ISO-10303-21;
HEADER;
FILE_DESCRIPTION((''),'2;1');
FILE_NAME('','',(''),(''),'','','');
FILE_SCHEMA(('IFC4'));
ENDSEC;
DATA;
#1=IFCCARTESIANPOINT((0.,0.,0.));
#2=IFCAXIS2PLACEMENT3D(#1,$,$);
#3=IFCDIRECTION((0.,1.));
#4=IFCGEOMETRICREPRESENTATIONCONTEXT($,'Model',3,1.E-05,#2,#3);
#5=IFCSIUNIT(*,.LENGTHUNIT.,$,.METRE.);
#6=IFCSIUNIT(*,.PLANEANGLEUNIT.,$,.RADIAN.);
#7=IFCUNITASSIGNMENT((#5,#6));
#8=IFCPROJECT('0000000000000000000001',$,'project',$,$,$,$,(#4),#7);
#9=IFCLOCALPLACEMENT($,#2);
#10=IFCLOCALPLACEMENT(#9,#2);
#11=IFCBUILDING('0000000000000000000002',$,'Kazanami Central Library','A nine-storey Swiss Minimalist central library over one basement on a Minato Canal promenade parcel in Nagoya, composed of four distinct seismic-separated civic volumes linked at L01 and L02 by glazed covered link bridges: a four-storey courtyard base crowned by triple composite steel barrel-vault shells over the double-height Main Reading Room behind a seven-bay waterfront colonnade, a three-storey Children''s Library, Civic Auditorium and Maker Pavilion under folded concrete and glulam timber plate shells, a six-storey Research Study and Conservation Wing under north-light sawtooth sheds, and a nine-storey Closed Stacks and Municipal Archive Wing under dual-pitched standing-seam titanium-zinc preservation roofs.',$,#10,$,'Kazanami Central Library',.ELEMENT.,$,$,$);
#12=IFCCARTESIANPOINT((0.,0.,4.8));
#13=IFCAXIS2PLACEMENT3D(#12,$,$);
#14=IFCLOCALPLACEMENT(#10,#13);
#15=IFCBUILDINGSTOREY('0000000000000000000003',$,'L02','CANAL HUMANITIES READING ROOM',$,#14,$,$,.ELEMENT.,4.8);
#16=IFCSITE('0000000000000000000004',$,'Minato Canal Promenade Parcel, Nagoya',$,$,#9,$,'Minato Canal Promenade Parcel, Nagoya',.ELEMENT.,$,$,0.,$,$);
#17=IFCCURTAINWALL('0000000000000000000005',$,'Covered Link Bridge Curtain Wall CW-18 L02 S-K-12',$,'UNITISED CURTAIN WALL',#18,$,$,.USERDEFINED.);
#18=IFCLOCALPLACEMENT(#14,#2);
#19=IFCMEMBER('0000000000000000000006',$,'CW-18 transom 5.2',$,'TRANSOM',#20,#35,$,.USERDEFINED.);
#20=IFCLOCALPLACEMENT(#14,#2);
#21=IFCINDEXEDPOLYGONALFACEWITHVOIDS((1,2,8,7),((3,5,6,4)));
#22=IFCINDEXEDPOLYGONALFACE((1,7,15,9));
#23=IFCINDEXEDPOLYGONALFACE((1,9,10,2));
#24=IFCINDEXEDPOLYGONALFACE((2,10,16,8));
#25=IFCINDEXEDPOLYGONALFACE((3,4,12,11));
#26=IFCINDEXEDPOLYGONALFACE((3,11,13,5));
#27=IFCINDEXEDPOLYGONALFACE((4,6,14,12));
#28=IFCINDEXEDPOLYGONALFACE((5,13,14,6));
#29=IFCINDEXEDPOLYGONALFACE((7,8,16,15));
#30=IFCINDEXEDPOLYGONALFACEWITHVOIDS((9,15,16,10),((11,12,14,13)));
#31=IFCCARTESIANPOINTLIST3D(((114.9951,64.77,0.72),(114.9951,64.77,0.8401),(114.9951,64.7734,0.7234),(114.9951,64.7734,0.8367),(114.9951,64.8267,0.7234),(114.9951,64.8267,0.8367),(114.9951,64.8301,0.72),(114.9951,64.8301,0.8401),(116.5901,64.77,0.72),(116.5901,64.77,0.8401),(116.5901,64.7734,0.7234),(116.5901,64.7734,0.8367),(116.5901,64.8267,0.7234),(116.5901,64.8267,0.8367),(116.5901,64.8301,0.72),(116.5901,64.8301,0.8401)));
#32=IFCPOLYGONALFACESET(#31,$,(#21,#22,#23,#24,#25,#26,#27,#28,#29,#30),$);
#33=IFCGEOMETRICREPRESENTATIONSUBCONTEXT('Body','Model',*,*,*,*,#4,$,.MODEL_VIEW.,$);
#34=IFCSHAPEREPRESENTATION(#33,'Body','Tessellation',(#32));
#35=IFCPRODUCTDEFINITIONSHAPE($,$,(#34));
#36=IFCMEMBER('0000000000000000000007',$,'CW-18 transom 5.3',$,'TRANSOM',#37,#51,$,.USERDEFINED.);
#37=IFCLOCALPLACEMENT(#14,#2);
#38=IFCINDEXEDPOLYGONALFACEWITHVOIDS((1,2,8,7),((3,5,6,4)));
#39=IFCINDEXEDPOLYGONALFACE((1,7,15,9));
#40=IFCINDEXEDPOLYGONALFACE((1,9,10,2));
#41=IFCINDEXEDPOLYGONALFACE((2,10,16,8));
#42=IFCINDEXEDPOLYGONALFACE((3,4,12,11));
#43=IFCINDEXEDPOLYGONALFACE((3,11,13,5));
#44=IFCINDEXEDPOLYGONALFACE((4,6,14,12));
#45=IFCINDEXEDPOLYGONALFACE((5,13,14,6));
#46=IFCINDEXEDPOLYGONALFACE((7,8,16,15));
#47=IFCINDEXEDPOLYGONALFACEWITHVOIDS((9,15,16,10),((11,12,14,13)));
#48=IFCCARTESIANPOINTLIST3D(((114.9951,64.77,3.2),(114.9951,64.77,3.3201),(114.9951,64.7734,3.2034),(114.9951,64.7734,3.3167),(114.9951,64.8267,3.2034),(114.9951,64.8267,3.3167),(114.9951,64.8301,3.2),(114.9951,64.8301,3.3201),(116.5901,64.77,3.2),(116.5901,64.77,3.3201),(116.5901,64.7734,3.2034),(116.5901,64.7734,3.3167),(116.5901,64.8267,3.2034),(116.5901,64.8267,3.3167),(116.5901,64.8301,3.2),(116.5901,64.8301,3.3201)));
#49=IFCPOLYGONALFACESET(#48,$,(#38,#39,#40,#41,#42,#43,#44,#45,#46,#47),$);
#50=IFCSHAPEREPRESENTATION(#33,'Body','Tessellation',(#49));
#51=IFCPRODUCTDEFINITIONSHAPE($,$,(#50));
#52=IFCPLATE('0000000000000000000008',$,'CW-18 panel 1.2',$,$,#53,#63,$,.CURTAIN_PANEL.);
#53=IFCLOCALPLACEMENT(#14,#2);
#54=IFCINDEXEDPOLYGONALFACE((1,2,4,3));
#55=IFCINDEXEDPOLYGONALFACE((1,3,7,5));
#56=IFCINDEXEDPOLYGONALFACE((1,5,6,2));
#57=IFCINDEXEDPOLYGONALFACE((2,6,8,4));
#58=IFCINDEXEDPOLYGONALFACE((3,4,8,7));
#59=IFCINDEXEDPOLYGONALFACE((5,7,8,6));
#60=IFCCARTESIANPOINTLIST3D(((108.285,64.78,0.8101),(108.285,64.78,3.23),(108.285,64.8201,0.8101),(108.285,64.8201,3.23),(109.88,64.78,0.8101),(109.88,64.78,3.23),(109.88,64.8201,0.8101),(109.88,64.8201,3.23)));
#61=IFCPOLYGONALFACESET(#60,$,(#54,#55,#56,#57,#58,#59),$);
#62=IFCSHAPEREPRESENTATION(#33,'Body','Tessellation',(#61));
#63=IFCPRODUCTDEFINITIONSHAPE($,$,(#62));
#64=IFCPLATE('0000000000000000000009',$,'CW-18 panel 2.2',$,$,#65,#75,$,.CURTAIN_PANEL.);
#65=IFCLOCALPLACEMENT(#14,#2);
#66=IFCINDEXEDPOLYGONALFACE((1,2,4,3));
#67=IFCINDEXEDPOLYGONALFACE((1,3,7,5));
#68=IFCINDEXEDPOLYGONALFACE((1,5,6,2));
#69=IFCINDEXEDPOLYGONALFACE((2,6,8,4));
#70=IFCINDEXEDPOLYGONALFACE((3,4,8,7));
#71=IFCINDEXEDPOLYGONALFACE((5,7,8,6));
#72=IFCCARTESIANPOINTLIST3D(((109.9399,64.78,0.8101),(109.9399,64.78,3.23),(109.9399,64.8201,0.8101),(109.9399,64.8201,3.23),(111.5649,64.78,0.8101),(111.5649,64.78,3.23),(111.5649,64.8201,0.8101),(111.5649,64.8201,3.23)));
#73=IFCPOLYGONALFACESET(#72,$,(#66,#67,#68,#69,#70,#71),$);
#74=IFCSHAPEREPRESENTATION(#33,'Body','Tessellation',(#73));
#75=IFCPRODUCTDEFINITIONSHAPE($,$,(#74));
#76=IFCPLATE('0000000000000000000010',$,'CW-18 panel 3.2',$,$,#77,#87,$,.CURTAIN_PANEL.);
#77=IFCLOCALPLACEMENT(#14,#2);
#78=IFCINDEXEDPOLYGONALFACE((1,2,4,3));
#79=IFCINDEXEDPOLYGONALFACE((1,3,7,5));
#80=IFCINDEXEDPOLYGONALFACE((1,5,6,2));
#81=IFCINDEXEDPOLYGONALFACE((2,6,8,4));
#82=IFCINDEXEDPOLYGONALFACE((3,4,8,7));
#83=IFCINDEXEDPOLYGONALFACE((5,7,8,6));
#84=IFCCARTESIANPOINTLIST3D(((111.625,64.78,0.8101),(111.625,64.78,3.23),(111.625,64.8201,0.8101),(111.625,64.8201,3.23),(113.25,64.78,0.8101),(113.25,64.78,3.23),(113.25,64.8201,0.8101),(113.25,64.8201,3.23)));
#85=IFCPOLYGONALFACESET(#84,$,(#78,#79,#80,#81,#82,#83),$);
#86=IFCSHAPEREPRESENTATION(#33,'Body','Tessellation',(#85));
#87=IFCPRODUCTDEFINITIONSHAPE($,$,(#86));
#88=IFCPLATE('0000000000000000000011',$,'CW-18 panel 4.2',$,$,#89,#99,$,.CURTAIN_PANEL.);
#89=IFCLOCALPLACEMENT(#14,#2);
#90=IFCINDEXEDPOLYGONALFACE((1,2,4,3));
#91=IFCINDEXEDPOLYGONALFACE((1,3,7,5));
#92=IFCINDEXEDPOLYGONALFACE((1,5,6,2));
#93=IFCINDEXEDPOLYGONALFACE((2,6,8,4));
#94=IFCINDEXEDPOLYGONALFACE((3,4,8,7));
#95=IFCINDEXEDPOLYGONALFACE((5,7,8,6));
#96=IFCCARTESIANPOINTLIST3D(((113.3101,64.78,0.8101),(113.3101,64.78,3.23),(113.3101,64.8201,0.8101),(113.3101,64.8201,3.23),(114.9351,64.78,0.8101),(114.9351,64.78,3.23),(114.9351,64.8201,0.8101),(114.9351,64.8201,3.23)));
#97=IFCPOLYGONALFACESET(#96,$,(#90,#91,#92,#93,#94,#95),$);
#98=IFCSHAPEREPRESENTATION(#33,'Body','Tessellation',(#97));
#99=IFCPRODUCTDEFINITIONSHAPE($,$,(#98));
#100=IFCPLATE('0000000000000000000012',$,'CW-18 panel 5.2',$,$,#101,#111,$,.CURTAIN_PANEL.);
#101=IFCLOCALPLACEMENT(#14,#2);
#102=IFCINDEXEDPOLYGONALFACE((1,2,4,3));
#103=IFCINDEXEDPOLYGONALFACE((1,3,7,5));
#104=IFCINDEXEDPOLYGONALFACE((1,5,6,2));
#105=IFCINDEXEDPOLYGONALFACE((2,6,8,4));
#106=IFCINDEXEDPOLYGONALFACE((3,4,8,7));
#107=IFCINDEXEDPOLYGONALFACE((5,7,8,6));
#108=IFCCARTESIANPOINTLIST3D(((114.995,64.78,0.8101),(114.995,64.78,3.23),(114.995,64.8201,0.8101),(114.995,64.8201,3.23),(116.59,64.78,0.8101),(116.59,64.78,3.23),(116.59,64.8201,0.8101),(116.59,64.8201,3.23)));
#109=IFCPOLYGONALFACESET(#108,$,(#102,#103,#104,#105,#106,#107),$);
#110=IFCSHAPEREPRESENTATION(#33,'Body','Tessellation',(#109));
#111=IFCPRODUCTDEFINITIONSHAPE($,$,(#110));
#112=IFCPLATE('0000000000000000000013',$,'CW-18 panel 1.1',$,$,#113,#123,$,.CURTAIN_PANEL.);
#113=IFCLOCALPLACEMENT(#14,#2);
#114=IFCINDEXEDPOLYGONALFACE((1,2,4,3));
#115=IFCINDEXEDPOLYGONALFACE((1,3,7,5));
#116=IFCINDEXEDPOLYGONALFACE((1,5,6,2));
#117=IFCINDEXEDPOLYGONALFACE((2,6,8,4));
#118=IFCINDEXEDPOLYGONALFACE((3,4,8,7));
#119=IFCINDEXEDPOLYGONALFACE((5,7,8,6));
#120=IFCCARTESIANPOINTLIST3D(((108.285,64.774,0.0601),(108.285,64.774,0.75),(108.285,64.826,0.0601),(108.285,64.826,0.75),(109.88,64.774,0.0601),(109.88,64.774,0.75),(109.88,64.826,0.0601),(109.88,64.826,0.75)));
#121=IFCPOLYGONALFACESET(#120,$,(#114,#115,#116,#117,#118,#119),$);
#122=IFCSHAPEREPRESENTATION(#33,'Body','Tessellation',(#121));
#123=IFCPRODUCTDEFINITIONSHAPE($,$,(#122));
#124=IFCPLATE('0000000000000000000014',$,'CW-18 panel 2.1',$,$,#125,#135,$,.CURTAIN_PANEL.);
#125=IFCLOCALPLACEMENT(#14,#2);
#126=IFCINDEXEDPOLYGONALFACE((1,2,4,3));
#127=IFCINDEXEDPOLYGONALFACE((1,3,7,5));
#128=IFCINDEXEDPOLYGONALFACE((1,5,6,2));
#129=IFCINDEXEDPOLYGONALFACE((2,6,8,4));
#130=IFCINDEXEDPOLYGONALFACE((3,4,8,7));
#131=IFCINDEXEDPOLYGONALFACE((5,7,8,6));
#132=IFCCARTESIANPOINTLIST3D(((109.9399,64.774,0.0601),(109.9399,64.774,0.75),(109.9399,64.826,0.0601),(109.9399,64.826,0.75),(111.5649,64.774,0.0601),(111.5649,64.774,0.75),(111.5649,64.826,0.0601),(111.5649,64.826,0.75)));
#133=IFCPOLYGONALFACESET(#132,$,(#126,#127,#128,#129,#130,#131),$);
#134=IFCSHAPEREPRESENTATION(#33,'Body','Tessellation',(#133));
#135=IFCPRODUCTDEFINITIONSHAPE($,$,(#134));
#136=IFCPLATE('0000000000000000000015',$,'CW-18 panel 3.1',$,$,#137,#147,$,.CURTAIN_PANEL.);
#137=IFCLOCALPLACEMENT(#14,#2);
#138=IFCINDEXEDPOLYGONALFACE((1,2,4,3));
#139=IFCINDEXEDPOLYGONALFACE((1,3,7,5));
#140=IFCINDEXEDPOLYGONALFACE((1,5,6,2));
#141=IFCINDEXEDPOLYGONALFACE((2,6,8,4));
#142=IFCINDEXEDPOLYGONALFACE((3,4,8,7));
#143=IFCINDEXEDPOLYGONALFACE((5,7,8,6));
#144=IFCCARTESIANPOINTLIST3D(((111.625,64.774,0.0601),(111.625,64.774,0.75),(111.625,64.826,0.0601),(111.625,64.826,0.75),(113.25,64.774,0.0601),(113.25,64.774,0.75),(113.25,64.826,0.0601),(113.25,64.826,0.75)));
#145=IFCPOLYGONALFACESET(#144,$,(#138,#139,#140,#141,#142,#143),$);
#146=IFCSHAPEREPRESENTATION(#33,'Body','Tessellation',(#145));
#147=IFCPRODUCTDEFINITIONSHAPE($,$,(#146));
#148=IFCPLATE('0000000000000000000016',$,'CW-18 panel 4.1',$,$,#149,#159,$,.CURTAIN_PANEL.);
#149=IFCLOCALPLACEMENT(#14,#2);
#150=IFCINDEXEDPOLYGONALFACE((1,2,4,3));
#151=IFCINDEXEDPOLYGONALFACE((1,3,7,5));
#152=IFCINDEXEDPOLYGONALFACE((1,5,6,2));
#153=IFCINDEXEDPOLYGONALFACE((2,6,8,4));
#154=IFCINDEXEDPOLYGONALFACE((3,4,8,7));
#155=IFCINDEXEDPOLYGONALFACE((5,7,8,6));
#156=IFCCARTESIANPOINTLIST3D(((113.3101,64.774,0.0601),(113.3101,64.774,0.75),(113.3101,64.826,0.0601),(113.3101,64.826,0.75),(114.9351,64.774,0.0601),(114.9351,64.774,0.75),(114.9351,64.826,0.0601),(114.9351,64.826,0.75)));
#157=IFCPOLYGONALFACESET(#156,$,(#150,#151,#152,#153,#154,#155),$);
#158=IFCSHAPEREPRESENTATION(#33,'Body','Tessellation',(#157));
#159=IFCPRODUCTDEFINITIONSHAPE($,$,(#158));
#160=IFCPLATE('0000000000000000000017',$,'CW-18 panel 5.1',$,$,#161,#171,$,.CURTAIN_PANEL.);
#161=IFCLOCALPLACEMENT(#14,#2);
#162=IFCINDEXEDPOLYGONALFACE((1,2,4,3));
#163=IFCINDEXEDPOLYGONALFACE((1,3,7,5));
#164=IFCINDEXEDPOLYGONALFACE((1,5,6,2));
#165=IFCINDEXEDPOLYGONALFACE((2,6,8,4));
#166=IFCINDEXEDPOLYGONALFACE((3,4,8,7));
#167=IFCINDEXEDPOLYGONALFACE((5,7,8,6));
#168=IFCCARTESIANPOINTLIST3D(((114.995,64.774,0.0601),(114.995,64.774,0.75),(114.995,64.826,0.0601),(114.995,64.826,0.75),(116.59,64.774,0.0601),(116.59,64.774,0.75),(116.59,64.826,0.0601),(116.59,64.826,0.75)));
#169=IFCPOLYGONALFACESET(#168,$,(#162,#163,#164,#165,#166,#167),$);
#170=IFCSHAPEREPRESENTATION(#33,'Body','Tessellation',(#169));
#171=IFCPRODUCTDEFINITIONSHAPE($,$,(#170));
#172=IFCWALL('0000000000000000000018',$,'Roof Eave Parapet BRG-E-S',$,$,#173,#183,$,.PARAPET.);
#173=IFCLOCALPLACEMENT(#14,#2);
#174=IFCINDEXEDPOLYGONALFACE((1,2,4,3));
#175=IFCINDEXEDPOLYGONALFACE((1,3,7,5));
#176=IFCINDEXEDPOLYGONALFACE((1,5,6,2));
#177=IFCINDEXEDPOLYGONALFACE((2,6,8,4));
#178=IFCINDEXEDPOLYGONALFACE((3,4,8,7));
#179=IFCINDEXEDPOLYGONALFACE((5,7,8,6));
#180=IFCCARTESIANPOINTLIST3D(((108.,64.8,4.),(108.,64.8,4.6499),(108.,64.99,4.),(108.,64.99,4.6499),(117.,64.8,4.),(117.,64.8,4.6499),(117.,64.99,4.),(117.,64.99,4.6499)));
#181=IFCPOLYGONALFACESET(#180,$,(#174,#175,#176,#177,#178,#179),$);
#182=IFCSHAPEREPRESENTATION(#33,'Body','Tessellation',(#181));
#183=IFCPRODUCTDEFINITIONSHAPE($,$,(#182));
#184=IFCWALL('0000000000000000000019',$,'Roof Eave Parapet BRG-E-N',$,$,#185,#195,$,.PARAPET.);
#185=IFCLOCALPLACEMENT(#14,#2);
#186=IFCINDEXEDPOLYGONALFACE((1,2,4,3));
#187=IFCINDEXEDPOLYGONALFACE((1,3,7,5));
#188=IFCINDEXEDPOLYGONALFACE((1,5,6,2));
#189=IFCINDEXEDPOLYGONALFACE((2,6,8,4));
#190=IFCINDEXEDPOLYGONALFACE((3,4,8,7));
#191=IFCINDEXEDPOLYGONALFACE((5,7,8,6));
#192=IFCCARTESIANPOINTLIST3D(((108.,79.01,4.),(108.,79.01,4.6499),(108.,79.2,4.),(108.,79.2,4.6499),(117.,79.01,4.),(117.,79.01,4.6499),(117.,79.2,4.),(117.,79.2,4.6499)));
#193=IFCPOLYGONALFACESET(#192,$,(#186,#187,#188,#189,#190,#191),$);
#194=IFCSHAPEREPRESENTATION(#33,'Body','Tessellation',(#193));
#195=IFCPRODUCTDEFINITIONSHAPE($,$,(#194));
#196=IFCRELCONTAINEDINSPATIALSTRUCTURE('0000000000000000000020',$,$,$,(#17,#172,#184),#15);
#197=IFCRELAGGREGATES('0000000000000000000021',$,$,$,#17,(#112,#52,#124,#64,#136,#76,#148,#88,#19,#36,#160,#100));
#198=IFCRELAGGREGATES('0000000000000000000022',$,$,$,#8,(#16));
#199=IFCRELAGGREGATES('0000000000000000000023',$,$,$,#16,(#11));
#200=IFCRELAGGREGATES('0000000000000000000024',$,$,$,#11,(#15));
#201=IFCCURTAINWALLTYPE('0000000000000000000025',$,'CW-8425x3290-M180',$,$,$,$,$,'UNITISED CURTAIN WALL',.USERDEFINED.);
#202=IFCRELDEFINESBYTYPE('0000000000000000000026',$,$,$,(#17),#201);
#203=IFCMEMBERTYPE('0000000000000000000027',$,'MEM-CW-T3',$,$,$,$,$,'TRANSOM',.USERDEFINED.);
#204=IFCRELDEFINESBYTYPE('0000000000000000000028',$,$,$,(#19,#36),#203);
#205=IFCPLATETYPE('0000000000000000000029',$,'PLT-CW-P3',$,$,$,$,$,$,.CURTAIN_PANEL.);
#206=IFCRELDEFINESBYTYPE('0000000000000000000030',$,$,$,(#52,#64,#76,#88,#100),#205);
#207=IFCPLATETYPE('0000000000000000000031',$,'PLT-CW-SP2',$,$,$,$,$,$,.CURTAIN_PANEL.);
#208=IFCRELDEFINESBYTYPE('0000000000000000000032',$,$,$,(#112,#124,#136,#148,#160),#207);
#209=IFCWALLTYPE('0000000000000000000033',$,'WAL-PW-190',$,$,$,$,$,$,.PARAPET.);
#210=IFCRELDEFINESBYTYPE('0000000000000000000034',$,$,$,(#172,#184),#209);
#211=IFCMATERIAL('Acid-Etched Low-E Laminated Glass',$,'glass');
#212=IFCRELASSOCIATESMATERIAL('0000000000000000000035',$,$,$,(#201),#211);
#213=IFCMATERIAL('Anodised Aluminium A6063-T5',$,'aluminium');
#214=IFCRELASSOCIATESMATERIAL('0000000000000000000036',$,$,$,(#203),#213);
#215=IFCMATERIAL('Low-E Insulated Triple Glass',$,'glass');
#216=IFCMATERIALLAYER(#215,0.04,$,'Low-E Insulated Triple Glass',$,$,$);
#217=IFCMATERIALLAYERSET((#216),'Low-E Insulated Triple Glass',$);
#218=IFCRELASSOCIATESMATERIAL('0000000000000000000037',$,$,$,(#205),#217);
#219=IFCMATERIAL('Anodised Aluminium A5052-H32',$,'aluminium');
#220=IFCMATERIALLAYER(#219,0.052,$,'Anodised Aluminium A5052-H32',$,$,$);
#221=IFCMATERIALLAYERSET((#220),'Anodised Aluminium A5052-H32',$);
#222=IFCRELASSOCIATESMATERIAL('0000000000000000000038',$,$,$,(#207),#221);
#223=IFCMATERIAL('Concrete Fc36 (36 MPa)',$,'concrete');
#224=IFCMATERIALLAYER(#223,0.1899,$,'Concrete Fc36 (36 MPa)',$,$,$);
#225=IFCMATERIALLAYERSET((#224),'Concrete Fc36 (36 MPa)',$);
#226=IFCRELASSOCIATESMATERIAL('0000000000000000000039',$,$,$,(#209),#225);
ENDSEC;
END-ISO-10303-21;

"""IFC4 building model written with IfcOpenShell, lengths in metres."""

from ifc_helpers import new_model, si_unit, direction, frame, frame_2d, origin, origin_2d, place, context, subcontext, project, spatial, rectangle, hollow_rectangle, extrude, material, layer, layer_set, material_profile, profile_set, type_object, element, aggregate, save


model = new_model("IFC4")

# Units and contexts
model_context = context("Model", 3, precision=1e-05, world=origin(), true_north=direction((0.0, 1.0)))
body_context = subcontext(model_context, "Body", "Model", "MODEL_VIEW")
ifc_project = project(units=[si_unit("LENGTHUNIT", "METRE"), si_unit("PLANEANGLEUNIT", "RADIAN")], contexts=[model_context])

# Site, building, storey
site_placement = place(None, origin())
site = spatial("IfcSite", under=ifc_project, at=site_placement, Name="Minato Canal Promenade Parcel, Nagoya", LongName="Minato Canal Promenade Parcel, Nagoya", CompositionType="ELEMENT", RefElevation=0.0)
building_placement = place(site_placement, origin())
building = spatial("IfcBuilding", under=site, at=building_placement, Name="Kazanami Central Library", Description="A nine-storey Swiss Minimalist central library over one basement on a Minato Canal promenade parcel in Nagoya, composed of four distinct seismic-separated civic volumes linked at L01 and L02 by glazed covered link bridges: a four-storey courtyard base crowned by triple composite steel barrel-vault shells over the double-height Main Reading Room behind a seven-bay waterfront colonnade, a three-storey Children's Library, Civic Auditorium and Maker Pavilion under folded concrete and glulam timber plate shells, a six-storey Research Study and Conservation Wing under north-light sawtooth sheds, and a nine-storey Closed Stacks and Municipal Archive Wing under dual-pitched standing-seam titanium-zinc preservation roofs.", LongName="Kazanami Central Library", CompositionType="ELEMENT")
storey_placement = place(building_placement, frame((0.0, 0.0, 4.8)))
storey = spatial("IfcBuildingStorey", under=building, at=storey_placement, Name="L02", Description="CANAL HUMANITIES READING ROOM", CompositionType="ELEMENT", Elevation=4.8)

# Curtain wall, members, plates
ifc_material_1 = material(Name="Acid-Etched Low-E Laminated Glass", Category="glass")
curtain_wall_type = type_object("IfcCurtainWallType", Name="CW-8425x3290-M180", ElementType="UNITISED CURTAIN WALL", PredefinedType="USERDEFINED", material=ifc_material_1)
curtain_wall_placement = place(storey_placement, origin())
curtain_wall = element("IfcCurtainWall", 1, at=curtain_wall_placement, inside=storey, type_object=curtain_wall_type, Name="Covered Link Bridge Curtain Wall CW-18 L02 S-K-12", ObjectType="UNITISED CURTAIN WALL", PredefinedType="USERDEFINED")
ifc_material_2 = material(Name="Anodised Aluminium A6063-T5", Category="aluminium")
ifc_material_profile_1 = material_profile(ifc_material_2, hollow_rectangle(XDim=0.0601, YDim=0.1201, WallThickness=0.0034, at=origin_2d()), Name="ALU-TRAN-60x120x3.5")
ifc_profile_set_1 = profile_set([ifc_material_profile_1], Name="Anodised Aluminium A6063-T5")
member_type_1 = type_object("IfcMemberType", Name="MEM-CW-T3", ElementType="TRANSOM", PredefinedType="USERDEFINED", material=ifc_profile_set_1)
member_1_placement = place(storey_placement, frame((114.9951, 64.8, 0.78), z_axis=(1.0, 0.0, 0.0), x_axis=(0.0, 1.0, 0.0)))
member_1 = element("IfcMember", 2, at=member_1_placement, type_object=member_type_1, Name="CW-18 transom 5.2", ObjectType="TRANSOM", PredefinedType="USERDEFINED", context=body_context, shape_type="SweptSolid", body=[
    extrude(hollow_rectangle(XDim=0.0601, YDim=0.1201, WallThickness=0.0034, at=origin_2d()), origin(), (0.0, 0.0, 1.0), 1.595),
])
member_2_placement = place(storey_placement, frame((114.9951, 64.8, 3.26), z_axis=(1.0, 0.0, 0.0), x_axis=(0.0, 1.0, 0.0)))
member_2 = element("IfcMember", 3, at=member_2_placement, type_object=member_type_1, Name="CW-18 transom 5.3", ObjectType="TRANSOM", PredefinedType="USERDEFINED", context=body_context, shape_type="SweptSolid", body=[
    extrude(hollow_rectangle(XDim=0.0601, YDim=0.1201, WallThickness=0.0034, at=origin_2d()), origin(), (0.0, 0.0, 1.0), 1.595),
])
ifc_material_3 = material(Name="Low-E Insulated Triple Glass", Category="glass")
ifc_layer_1 = layer(ifc_material_3, 0.04, Name="Low-E Insulated Triple Glass")
ifc_layer_set_1 = layer_set([ifc_layer_1], Name="Low-E Insulated Triple Glass")
plate_type_1 = type_object("IfcPlateType", Name="PLT-CW-P3", PredefinedType="CURTAIN_PANEL", material=ifc_layer_set_1)
plate_1_placement = place(storey_placement, frame((109.0825, 64.8, 0.8101), z_axis=(0.0, 0.0, 1.0), x_axis=(1.0, 0.0, 0.0)))
plate_1 = element("IfcPlate", 4, at=plate_1_placement, type_object=plate_type_1, Name="CW-18 panel 1.2", PredefinedType="CURTAIN_PANEL", context=body_context, shape_type="SweptSolid", body=[
    extrude(rectangle(XDim=1.595, YDim=0.04, at=origin_2d()), origin(), (0.0, 0.0, 1.0), 2.4199),
])
plate_2_placement = place(storey_placement, frame((110.7524, 64.8, 0.8101), z_axis=(0.0, 0.0, 1.0), x_axis=(1.0, 0.0, 0.0)))
plate_2 = element("IfcPlate", 5, at=plate_2_placement, type_object=plate_type_1, Name="CW-18 panel 2.2", PredefinedType="CURTAIN_PANEL", context=body_context, shape_type="SweptSolid", body=[
    extrude(rectangle(XDim=1.625, YDim=0.04, at=origin_2d()), origin(), (0.0, 0.0, 1.0), 2.4199),
])
plate_3_placement = place(storey_placement, frame((112.4375, 64.8, 0.8101), z_axis=(0.0, 0.0, 1.0), x_axis=(1.0, 0.0, 0.0)))
plate_3 = element("IfcPlate", 6, at=plate_3_placement, type_object=plate_type_1, Name="CW-18 panel 3.2", PredefinedType="CURTAIN_PANEL", context=body_context, shape_type="SweptSolid", body=[
    extrude(rectangle(XDim=1.625, YDim=0.04, at=origin_2d()), origin(), (0.0, 0.0, 1.0), 2.4199),
])
plate_4_placement = place(storey_placement, frame((114.1226, 64.8, 0.8101), z_axis=(0.0, 0.0, 1.0), x_axis=(1.0, 0.0, 0.0)))
plate_4 = element("IfcPlate", 7, at=plate_4_placement, type_object=plate_type_1, Name="CW-18 panel 4.2", PredefinedType="CURTAIN_PANEL", context=body_context, shape_type="SweptSolid", body=[
    extrude(rectangle(XDim=1.625, YDim=0.04, at=origin_2d()), origin(), (0.0, 0.0, 1.0), 2.4199),
])
plate_5_placement = place(storey_placement, frame((115.7925, 64.8, 0.8101), z_axis=(0.0, 0.0, 1.0), x_axis=(1.0, 0.0, 0.0)))
plate_5 = element("IfcPlate", 8, at=plate_5_placement, type_object=plate_type_1, Name="CW-18 panel 5.2", PredefinedType="CURTAIN_PANEL", context=body_context, shape_type="SweptSolid", body=[
    extrude(rectangle(XDim=1.595, YDim=0.04, at=origin_2d()), origin(), (0.0, 0.0, 1.0), 2.4199),
])
ifc_material_4 = material(Name="Anodised Aluminium A5052-H32", Category="aluminium")
ifc_layer_2 = layer(ifc_material_4, 0.052, Name="Anodised Aluminium A5052-H32")
ifc_layer_set_2 = layer_set([ifc_layer_2], Name="Anodised Aluminium A5052-H32")
plate_type_2 = type_object("IfcPlateType", Name="PLT-CW-SP2", PredefinedType="CURTAIN_PANEL", material=ifc_layer_set_2)
plate_6_placement = place(storey_placement, frame((109.0825, 64.8, 0.0601), z_axis=(0.0, 0.0, 1.0), x_axis=(1.0, 0.0, 0.0)))
plate_6 = element("IfcPlate", 9, at=plate_6_placement, type_object=plate_type_2, Name="CW-18 panel 1.1", PredefinedType="CURTAIN_PANEL", context=body_context, shape_type="SweptSolid", body=[
    extrude(rectangle(XDim=1.595, YDim=0.052, at=origin_2d()), origin(), (0.0, 0.0, 1.0), 0.6899),
])
plate_7_placement = place(storey_placement, frame((110.7524, 64.8, 0.0601), z_axis=(0.0, 0.0, 1.0), x_axis=(1.0, 0.0, 0.0)))
plate_7 = element("IfcPlate", 10, at=plate_7_placement, type_object=plate_type_2, Name="CW-18 panel 2.1", PredefinedType="CURTAIN_PANEL", context=body_context, shape_type="SweptSolid", body=[
    extrude(rectangle(XDim=1.625, YDim=0.052, at=origin_2d()), origin(), (0.0, 0.0, 1.0), 0.6899),
])
plate_8_placement = place(storey_placement, frame((112.4375, 64.8, 0.0601), z_axis=(0.0, 0.0, 1.0), x_axis=(1.0, 0.0, 0.0)))
plate_8 = element("IfcPlate", 11, at=plate_8_placement, type_object=plate_type_2, Name="CW-18 panel 3.1", PredefinedType="CURTAIN_PANEL", context=body_context, shape_type="SweptSolid", body=[
    extrude(rectangle(XDim=1.625, YDim=0.052, at=origin_2d()), origin(), (0.0, 0.0, 1.0), 0.6899),
])
plate_9_placement = place(storey_placement, frame((114.1226, 64.8, 0.0601), z_axis=(0.0, 0.0, 1.0), x_axis=(1.0, 0.0, 0.0)))
plate_9 = element("IfcPlate", 12, at=plate_9_placement, type_object=plate_type_2, Name="CW-18 panel 4.1", PredefinedType="CURTAIN_PANEL", context=body_context, shape_type="SweptSolid", body=[
    extrude(rectangle(XDim=1.625, YDim=0.052, at=origin_2d()), origin(), (0.0, 0.0, 1.0), 0.6899),
])
plate_10_placement = place(storey_placement, frame((115.7925, 64.8, 0.0601), z_axis=(0.0, 0.0, 1.0), x_axis=(1.0, 0.0, 0.0)))
plate_10 = element("IfcPlate", 13, at=plate_10_placement, type_object=plate_type_2, Name="CW-18 panel 5.1", PredefinedType="CURTAIN_PANEL", context=body_context, shape_type="SweptSolid", body=[
    extrude(rectangle(XDim=1.595, YDim=0.052, at=origin_2d()), origin(), (0.0, 0.0, 1.0), 0.6899),
])
aggregate(curtain_wall, [plate_6, plate_1, plate_7, plate_2, plate_8, plate_3, plate_9, plate_4, member_1, member_2, plate_10, plate_5])

# Walls
ifc_material_5 = material(Name="Concrete Fc36 (36 MPa)", Category="concrete")
ifc_layer_3 = layer(ifc_material_5, 0.1899, Name="Concrete Fc36 (36 MPa)")
ifc_layer_set_3 = layer_set([ifc_layer_3], Name="Concrete Fc36 (36 MPa)")
wall_type = type_object("IfcWallType", Name="WAL-PW-190", PredefinedType="PARAPET", material=ifc_layer_set_3)
for number, where, z_axis, x_axis, name in (
    (14, (108.0, 64.895, 4.0), (0.0, 0.0, 1.0), (1.0, 0.0, 0.0), "Roof Eave Parapet BRG-E-S"),
    (15, (108.0, 79.105, 4.0), (0.0, 0.0, 1.0), (1.0, 0.0, 0.0), "Roof Eave Parapet BRG-E-N"),
):
    element("IfcWall", number, at=place(storey_placement, frame(where, z_axis=z_axis, x_axis=x_axis)), inside=storey, type_object=wall_type, Name=name, PredefinedType="PARAPET", context=body_context, shape_type="SweptSolid", body=[
        extrude(rectangle(XDim=9.0, YDim=0.1899, at=frame_2d((4.5, 0.0))), origin(), (0.0, 0.0, 1.0), 0.6499),
    ])

save(model, "model.ifc")
